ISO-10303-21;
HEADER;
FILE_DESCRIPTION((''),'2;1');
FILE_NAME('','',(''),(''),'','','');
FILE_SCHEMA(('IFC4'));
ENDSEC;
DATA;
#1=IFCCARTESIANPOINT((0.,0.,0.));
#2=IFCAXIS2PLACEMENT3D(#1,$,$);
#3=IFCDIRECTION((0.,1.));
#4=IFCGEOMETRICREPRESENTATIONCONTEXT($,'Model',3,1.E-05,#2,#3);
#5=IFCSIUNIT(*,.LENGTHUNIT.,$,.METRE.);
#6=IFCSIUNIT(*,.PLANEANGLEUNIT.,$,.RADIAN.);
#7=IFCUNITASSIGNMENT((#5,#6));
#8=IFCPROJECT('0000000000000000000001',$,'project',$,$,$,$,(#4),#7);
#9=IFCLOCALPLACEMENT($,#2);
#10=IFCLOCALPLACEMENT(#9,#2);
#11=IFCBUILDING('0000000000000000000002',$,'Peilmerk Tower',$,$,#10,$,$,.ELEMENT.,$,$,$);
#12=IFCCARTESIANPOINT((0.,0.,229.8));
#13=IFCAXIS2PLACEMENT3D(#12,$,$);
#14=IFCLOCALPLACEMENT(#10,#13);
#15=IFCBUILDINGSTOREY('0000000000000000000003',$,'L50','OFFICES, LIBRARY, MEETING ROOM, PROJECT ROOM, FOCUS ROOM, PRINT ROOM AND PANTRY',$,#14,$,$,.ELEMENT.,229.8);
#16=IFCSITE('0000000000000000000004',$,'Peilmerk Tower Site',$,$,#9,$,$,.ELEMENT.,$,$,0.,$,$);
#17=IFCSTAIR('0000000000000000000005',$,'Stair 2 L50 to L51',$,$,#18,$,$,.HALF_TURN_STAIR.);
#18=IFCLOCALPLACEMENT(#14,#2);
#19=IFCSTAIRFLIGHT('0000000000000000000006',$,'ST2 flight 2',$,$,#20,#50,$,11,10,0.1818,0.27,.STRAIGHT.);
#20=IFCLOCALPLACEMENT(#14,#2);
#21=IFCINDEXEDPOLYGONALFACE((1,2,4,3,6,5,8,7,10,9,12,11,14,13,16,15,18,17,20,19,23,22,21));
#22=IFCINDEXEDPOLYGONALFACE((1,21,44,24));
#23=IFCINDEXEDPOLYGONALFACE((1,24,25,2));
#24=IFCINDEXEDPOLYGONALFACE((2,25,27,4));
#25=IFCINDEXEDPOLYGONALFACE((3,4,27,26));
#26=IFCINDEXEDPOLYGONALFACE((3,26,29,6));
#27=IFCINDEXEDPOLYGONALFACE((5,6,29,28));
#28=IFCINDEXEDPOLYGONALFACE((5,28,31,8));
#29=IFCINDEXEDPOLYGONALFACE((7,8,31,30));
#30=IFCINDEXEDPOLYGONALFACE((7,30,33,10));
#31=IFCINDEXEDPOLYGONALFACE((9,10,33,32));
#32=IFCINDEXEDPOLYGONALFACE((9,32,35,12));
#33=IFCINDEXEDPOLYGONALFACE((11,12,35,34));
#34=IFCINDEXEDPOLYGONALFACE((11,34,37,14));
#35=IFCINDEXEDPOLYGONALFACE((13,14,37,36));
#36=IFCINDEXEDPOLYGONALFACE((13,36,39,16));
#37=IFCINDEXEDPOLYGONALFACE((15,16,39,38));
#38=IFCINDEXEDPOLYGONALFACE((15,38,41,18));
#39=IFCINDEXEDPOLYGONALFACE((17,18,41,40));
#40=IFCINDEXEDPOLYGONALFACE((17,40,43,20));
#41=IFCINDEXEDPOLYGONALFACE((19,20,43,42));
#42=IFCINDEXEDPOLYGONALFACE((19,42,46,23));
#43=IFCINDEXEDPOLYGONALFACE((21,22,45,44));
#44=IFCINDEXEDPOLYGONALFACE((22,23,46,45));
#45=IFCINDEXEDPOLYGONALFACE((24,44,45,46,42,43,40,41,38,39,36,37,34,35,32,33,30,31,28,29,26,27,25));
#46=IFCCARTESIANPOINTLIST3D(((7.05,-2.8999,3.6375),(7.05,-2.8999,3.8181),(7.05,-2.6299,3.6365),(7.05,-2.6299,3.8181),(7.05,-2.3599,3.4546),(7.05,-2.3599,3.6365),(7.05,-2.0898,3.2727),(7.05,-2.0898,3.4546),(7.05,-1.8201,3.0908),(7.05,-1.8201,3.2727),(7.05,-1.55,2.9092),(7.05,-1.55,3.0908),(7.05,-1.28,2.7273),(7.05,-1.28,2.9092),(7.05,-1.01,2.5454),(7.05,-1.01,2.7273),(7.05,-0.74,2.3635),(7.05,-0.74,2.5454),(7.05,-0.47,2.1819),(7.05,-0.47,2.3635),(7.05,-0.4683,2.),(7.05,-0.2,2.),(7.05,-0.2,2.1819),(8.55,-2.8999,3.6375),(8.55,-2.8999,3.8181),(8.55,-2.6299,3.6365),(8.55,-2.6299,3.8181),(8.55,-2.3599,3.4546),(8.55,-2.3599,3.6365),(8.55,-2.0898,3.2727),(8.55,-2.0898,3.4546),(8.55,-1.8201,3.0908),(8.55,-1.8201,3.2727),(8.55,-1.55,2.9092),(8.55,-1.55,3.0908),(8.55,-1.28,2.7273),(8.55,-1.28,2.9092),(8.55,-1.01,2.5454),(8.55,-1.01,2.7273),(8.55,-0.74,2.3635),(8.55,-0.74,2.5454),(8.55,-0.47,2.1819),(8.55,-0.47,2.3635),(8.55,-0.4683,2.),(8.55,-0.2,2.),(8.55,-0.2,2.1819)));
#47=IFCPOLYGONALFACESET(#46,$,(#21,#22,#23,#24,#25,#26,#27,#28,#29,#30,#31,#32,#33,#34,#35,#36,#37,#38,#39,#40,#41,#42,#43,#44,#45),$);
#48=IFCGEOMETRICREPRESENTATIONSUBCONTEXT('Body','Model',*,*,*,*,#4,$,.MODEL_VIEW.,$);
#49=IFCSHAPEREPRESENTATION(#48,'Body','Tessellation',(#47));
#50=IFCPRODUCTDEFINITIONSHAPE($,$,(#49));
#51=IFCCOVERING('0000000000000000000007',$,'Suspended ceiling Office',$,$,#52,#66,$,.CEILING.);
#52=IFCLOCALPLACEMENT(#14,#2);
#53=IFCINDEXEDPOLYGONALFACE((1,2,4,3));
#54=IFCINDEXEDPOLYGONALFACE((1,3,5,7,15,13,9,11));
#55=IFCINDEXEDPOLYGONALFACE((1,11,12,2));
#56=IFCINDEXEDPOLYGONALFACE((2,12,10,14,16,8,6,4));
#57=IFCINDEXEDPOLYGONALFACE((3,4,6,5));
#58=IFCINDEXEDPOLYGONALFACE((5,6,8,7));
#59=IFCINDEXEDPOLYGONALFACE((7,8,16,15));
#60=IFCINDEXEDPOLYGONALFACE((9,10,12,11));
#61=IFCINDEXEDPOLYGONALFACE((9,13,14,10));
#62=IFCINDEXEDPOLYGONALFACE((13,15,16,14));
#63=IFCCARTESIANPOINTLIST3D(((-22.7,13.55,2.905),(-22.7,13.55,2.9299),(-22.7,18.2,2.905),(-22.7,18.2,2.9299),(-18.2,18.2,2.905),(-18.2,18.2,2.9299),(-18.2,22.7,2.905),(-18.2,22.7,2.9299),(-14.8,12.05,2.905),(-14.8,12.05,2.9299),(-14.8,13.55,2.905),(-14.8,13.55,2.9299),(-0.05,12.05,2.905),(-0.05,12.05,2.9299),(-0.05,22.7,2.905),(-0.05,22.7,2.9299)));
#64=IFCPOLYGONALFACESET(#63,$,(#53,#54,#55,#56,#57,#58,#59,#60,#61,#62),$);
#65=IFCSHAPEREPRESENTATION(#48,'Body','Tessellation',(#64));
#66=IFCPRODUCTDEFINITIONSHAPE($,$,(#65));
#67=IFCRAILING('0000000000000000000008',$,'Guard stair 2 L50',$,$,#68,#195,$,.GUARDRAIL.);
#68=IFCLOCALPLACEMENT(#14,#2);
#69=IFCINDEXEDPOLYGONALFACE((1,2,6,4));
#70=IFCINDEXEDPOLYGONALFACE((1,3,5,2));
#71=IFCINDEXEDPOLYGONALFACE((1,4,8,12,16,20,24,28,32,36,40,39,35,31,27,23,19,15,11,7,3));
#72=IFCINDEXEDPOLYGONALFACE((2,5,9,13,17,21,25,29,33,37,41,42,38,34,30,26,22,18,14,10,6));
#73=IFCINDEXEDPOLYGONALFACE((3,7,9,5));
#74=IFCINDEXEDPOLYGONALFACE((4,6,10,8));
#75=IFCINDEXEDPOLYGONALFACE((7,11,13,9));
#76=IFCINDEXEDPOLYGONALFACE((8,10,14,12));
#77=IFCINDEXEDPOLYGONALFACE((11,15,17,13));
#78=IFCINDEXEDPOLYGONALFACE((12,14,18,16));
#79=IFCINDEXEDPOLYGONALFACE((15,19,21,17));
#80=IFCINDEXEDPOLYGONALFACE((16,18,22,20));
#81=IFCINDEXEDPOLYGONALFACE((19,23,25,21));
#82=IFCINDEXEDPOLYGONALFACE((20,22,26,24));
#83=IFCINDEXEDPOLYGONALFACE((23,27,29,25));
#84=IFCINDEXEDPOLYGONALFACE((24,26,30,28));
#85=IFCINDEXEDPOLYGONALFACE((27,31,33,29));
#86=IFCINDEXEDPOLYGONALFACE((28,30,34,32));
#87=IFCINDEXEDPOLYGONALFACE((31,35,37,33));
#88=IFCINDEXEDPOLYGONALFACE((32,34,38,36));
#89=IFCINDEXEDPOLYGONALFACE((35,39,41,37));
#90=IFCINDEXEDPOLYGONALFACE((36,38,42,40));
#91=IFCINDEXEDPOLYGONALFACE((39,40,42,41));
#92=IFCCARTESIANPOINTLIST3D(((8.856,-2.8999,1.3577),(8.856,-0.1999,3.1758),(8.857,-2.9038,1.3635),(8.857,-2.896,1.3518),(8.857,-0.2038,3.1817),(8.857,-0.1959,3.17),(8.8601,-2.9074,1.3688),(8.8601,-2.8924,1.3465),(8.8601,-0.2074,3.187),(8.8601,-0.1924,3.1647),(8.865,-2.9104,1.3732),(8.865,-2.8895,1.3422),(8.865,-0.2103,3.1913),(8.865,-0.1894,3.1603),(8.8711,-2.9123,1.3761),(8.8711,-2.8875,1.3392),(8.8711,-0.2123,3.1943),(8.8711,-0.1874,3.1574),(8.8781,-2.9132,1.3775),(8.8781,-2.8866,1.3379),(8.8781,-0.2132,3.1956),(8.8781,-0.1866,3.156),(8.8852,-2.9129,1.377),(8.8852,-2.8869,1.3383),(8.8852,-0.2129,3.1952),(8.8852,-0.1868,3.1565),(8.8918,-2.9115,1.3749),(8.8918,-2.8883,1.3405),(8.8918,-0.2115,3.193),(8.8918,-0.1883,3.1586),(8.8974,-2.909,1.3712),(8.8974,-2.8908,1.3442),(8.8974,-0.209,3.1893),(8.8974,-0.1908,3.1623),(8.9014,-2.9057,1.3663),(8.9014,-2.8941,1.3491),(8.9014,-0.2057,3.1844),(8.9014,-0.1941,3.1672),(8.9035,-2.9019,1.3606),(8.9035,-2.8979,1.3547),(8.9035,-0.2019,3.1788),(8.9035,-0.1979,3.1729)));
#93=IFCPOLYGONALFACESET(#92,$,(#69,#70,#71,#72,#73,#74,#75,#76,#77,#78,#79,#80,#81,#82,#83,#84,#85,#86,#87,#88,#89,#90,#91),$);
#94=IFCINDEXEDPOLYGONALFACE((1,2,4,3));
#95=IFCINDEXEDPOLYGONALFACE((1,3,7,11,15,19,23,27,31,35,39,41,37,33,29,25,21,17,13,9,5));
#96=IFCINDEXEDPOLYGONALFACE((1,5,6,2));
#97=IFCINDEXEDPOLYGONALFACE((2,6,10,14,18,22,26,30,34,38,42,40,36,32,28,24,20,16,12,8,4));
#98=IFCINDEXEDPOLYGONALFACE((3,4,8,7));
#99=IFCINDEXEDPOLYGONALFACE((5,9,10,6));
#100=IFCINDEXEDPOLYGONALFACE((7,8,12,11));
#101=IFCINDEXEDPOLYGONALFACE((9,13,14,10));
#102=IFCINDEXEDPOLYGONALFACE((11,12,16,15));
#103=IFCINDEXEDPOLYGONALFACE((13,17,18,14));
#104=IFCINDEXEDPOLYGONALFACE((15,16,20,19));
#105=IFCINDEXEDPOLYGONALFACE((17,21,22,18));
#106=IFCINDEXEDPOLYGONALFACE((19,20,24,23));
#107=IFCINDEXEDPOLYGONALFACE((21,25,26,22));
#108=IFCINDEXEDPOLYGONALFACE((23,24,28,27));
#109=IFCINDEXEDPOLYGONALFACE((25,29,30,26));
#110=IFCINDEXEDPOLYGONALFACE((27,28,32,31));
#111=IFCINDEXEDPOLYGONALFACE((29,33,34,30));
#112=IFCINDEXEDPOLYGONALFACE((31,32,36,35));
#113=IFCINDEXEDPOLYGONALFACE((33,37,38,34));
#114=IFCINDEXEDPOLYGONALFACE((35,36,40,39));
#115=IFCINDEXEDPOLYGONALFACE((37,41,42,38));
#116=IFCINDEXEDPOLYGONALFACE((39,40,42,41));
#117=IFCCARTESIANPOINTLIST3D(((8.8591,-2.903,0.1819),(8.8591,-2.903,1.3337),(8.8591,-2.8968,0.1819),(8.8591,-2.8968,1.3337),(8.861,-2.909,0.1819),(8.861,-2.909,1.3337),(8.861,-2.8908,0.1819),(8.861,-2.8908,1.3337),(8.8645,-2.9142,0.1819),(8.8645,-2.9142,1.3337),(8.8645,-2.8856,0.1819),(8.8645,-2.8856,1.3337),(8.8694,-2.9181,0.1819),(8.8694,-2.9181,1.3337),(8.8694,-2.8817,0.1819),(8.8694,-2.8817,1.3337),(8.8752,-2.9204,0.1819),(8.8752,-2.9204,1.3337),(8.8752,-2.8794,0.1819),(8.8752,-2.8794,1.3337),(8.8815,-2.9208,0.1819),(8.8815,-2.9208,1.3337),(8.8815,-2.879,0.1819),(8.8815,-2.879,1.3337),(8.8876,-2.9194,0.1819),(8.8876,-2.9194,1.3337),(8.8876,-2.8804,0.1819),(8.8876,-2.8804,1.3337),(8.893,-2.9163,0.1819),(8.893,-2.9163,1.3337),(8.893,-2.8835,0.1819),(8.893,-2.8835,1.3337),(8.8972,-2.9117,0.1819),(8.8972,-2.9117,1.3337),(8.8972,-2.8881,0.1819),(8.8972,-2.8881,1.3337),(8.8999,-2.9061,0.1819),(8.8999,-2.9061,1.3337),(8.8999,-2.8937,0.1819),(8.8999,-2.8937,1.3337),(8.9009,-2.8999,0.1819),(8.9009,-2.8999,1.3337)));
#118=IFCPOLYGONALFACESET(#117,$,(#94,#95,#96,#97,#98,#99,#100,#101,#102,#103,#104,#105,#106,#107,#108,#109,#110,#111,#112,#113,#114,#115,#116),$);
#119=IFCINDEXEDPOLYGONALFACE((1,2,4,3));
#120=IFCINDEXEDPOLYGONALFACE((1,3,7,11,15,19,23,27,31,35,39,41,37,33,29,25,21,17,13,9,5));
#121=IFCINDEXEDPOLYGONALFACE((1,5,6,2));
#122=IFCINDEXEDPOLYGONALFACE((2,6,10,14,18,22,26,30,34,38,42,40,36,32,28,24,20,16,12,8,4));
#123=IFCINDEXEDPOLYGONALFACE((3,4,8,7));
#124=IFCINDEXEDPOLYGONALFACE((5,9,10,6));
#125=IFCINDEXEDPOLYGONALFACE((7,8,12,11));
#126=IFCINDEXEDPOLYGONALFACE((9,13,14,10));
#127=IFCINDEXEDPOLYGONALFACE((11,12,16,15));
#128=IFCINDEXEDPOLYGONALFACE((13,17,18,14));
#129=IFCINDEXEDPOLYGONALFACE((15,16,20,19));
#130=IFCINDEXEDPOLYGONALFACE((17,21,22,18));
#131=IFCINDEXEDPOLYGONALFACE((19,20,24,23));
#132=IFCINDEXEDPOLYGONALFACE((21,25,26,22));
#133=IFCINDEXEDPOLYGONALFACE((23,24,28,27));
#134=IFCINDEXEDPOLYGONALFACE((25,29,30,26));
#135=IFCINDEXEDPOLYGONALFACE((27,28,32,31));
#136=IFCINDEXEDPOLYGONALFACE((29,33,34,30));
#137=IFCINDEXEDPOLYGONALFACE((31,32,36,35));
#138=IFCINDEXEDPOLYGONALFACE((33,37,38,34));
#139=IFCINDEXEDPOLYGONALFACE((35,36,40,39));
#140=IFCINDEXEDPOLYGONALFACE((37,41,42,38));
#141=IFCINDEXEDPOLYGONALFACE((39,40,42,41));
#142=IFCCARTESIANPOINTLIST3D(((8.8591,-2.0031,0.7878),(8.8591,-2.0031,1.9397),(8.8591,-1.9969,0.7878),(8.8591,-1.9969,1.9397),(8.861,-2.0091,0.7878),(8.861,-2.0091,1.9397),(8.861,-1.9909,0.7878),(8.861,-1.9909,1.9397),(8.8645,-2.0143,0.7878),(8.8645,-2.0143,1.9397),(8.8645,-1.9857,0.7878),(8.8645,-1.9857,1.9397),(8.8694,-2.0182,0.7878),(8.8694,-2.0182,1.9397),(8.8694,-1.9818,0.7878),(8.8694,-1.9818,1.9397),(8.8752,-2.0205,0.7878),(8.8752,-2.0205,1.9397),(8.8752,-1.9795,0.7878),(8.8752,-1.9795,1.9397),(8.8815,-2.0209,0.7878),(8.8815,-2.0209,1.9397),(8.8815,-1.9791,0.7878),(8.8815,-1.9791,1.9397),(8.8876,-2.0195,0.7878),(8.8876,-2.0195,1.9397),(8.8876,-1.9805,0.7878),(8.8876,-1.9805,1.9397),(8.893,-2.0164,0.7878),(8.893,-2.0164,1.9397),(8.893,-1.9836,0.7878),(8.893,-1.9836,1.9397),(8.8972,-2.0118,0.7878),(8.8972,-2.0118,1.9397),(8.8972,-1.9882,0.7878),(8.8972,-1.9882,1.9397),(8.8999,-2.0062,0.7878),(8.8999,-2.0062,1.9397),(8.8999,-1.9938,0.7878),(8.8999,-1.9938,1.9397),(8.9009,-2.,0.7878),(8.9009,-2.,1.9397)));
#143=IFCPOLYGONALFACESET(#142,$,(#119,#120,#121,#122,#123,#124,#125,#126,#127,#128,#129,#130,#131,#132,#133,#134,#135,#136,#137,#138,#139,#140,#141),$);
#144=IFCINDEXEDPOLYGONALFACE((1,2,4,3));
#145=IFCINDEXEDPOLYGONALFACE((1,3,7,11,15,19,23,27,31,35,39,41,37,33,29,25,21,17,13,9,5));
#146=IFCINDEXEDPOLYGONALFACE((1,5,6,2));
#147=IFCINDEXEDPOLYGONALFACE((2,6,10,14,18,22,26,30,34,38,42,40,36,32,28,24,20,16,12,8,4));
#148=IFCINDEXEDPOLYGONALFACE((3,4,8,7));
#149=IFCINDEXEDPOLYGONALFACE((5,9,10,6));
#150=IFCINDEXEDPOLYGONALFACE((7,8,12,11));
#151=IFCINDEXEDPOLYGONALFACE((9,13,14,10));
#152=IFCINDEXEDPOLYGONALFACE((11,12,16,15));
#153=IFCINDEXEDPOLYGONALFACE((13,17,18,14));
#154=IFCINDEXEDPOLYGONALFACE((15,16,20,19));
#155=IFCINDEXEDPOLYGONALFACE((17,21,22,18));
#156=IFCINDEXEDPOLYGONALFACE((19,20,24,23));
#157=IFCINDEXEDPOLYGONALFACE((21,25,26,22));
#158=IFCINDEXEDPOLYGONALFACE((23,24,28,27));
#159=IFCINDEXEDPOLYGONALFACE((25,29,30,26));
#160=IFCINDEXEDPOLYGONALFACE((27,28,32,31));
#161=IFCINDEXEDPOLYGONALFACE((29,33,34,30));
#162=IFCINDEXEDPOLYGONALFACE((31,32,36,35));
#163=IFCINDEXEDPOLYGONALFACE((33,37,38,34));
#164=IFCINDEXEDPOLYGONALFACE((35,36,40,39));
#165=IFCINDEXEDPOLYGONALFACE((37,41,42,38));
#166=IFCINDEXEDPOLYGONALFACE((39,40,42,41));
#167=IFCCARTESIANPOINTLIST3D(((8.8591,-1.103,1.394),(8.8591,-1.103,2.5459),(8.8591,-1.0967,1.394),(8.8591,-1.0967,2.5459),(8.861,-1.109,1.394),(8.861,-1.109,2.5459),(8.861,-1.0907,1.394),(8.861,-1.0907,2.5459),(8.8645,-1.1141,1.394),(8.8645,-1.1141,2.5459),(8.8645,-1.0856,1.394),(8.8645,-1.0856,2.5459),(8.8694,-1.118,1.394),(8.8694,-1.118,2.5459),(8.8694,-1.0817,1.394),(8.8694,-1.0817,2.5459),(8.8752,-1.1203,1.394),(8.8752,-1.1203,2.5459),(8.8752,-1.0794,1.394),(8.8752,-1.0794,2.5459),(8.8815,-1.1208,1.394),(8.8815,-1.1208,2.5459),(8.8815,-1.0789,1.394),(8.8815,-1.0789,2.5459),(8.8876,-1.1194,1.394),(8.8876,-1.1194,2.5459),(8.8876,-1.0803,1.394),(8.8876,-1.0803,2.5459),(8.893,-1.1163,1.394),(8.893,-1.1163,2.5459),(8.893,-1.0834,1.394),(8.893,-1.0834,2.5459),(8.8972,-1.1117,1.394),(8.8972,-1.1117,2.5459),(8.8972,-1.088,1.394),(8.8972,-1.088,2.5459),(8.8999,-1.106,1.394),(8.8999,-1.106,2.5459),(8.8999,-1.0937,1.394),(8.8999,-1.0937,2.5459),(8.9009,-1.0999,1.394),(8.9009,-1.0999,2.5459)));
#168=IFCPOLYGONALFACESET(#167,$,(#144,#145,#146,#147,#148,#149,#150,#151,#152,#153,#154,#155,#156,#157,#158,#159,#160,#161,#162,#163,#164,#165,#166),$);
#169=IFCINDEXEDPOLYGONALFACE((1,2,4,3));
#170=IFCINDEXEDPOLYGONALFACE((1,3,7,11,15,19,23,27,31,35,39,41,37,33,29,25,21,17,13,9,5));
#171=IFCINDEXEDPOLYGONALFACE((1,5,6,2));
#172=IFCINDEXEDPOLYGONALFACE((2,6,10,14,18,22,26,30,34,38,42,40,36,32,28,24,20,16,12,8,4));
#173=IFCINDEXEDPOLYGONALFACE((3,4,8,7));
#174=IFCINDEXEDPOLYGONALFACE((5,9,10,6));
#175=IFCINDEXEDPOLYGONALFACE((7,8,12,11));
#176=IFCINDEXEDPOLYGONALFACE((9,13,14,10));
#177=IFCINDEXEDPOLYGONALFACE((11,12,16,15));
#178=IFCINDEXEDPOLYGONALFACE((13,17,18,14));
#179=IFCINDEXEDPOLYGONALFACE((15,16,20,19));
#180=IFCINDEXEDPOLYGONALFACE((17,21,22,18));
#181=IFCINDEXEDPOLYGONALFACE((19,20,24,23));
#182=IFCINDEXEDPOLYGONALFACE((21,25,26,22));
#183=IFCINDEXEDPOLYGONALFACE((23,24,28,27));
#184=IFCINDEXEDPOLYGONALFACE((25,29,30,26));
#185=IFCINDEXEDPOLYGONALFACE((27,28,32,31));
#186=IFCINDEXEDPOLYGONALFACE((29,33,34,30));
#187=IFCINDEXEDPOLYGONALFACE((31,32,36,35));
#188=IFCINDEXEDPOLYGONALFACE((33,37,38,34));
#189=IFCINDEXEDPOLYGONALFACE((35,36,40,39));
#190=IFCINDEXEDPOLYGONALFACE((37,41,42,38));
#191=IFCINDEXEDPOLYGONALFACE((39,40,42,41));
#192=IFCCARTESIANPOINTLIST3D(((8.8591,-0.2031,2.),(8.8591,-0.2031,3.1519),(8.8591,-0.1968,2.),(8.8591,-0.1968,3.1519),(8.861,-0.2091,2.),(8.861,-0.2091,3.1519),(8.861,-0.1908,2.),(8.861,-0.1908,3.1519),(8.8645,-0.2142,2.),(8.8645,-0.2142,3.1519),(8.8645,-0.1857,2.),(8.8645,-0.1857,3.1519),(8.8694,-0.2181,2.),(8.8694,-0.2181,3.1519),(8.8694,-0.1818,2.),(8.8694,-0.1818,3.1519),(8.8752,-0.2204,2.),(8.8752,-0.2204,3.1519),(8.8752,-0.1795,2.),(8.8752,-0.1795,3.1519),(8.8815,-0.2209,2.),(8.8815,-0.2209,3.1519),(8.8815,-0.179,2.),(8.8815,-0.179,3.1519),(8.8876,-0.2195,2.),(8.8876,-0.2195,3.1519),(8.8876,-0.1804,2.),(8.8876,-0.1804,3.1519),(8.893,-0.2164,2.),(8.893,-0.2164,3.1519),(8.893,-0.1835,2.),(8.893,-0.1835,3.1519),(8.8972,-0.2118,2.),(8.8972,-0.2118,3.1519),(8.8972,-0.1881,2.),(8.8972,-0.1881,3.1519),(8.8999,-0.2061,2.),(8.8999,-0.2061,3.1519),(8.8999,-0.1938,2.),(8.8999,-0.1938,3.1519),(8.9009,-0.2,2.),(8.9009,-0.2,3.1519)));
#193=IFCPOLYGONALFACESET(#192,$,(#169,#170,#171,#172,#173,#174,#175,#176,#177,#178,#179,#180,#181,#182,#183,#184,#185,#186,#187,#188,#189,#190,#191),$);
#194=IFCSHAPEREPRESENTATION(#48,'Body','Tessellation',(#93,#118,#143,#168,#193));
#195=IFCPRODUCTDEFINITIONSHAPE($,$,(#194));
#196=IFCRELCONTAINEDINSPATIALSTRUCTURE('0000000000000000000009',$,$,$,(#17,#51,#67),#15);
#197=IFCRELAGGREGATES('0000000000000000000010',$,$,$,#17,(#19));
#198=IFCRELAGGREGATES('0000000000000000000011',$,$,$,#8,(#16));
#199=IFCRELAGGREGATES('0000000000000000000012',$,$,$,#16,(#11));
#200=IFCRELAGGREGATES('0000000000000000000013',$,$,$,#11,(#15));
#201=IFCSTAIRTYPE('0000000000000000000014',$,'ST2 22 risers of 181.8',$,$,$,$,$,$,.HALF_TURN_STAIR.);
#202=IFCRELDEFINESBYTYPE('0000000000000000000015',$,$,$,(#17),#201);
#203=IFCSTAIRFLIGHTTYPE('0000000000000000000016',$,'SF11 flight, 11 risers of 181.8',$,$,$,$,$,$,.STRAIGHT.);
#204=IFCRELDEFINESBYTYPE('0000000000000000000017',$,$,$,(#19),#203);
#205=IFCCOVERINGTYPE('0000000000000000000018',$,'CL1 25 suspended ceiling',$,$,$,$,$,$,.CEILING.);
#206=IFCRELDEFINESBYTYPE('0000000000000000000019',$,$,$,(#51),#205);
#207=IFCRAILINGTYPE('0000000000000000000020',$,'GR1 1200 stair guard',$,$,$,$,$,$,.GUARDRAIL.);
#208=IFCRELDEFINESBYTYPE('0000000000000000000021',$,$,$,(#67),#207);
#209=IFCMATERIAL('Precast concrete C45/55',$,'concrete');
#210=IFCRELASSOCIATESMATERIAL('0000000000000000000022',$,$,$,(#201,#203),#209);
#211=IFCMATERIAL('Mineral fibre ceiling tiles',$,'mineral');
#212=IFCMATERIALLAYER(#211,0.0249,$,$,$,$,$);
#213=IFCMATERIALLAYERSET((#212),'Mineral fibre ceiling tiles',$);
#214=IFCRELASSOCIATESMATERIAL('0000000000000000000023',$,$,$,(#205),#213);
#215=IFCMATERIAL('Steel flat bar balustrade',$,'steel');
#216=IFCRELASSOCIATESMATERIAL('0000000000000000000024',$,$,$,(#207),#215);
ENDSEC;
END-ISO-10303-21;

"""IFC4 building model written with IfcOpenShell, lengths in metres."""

from ifc_helpers import new_model, si_unit, direction, frame, origin, origin_2d, place, context, subcontext, project, spatial, polyline, circle, outline, extrude, material, layer, layer_set, type_object, element, aggregate, save


model = new_model("IFC4")

# Units and contexts
model_context = context("Model", 3, precision=1e-05, world=origin(), true_north=direction((0.0, 1.0)))
body_context = subcontext(model_context, "Body", "Model", "MODEL_VIEW")
ifc_project = project(units=[si_unit("LENGTHUNIT", "METRE"), si_unit("PLANEANGLEUNIT", "RADIAN")], contexts=[model_context])

# Site, building, storey
site_placement = place(None, origin())
site = spatial("IfcSite", under=ifc_project, at=site_placement, Name="Peilmerk Tower Site", CompositionType="ELEMENT", RefElevation=0.0)
building_placement = place(site_placement, origin())
building = spatial("IfcBuilding", under=site, at=building_placement, Name="Peilmerk Tower", CompositionType="ELEMENT")
storey_placement = place(building_placement, frame((0.0, 0.0, 229.8)))
storey = spatial("IfcBuildingStorey", under=building, at=storey_placement, Name="L50", Description="OFFICES, LIBRARY, MEETING ROOM, PROJECT ROOM, FOCUS ROOM, PRINT ROOM AND PANTRY", CompositionType="ELEMENT", Elevation=229.8)

# Stair
ifc_material_1 = material(Name="Precast concrete C45/55", Category="concrete")
stair_type_1 = type_object("IfcStairType", Name="ST2 22 risers of 181.8", PredefinedType="HALF_TURN_STAIR", material=ifc_material_1)
stair_1_placement = place(storey_placement, origin())
stair_1 = element("IfcStair", 1, at=stair_1_placement, inside=storey, type_object=stair_type_1, Name="Stair 2 L50 to L51", PredefinedType="HALF_TURN_STAIR")

# Stair flight
stair_flight_type = type_object("IfcStairFlightType", Name="SF11 flight, 11 risers of 181.8", PredefinedType="STRAIGHT", material=ifc_material_1)
stair_flight_1_placement = place(storey_placement, frame((7.8, -0.2, 2.0), z_axis=(0.0, 0.0, 1.0), x_axis=(0.0, -1.0, 0.0)))
stair_flight_1 = element("IfcStairFlight", 2, at=stair_flight_1_placement, type_object=stair_flight_type, Name="ST2 flight 2", NumberOfRisers=11, NumberOfTreads=10, PredefinedType="STRAIGHT", RiserHeight=0.1818, TreadLength=0.27, context=body_context, shape_type="SweptSolid", body=[
    extrude(outline(polyline([(0.0, 0.0), (0.0, 0.1819), (0.27, 0.1819), (0.27, 0.3635), (0.54, 0.3635), (0.54, 0.5454), (0.8101, 0.5454), (0.8101, 0.7273), (1.0801, 0.7273), (1.0801, 0.9092), (1.3501, 0.9092), (1.3501, 1.0908), (1.6201, 1.0908), (1.6201, 1.2727), (1.8899, 1.2727), (1.8899, 1.4546), (2.1599, 1.4546), (2.1599, 1.6365), (2.4299, 1.6365), (2.4299, 1.8181), (2.7, 1.8181), (2.7, 2.0), (2.7, 1.6375), (0.2683, 0.0), (0.0, 0.0)])), frame((0.0, 0.75, 0.0), z_axis=(0.0, -1.0, 0.0), x_axis=(1.0, 0.0, 0.0)), (0.0, 0.0, 1.0), 1.5),
])
aggregate(stair_1, [stair_flight_1])

# Covering
ifc_material_2 = material(Name="Mineral fibre ceiling tiles", Category="mineral")
ifc_layer_1 = layer(ifc_material_2, 0.0249)
ifc_layer_set_1 = layer_set([ifc_layer_1], Name="Mineral fibre ceiling tiles")
covering_type = type_object("IfcCoveringType", Name="CL1 25 suspended ceiling", PredefinedType="CEILING", material=ifc_layer_set_1)
covering_placement = place(storey_placement, frame((0.0, 0.0, 2.905)))
element("IfcCovering", 3, at=covering_placement, inside=storey, type_object=covering_type, Name="Suspended ceiling Office", PredefinedType="CEILING", context=body_context, shape_type="SweptSolid", body=[
    extrude(outline(polyline([(-22.7, 18.2), (-22.7, 13.55), (-14.8, 13.55), (-14.8, 12.05), (-0.05, 12.05), (-0.05, 22.7), (-18.2, 22.7), (-18.2, 18.2), (-22.7, 18.2)])), origin(), (0.0, 0.0, 1.0), 0.0249),
])

# Railing
ifc_material_3 = material(Name="Steel flat bar balustrade", Category="steel")
railing_type_1 = type_object("IfcRailingType", Name="GR1 1200 stair guard", PredefinedType="GUARDRAIL", material=ifc_material_3)
railing_1_placement = place(storey_placement, frame((8.8799, -2.8999, 0.1819)))
element("IfcRailing", 4, at=railing_1_placement, inside=storey, type_object=railing_type_1, Name="Guard stair 2 L50", PredefinedType="GUARDRAIL", context=body_context, shape_type="SweptSolid", body=[
    extrude(circle(Radius=0.0239, at=origin_2d()), frame((0.0, 0.0, 1.1758), z_axis=(0.0, 0.829468, 0.558554), x_axis=(-1.0, 0.0, 0.0)), (0.0, 0.0, 1.0), 3.2551),
    extrude(circle(Radius=0.021, at=origin_2d()), origin(), (0.0, 0.0, 1.0), 1.1519),
    extrude(circle(Radius=0.021, at=origin_2d()), frame((0.0, 0.8999, 0.606)), (0.0, 0.0, 1.0), 1.1519),
    extrude(circle(Radius=0.021, at=origin_2d()), frame((0.0, 1.8, 1.2122)), (0.0, 0.0, 1.0), 1.1519),
    extrude(circle(Radius=0.021, at=origin_2d()), frame((0.0, 2.7, 1.8181)), (0.0, 0.0, 1.0), 1.1519),
])

save(model, "model.ifc")
